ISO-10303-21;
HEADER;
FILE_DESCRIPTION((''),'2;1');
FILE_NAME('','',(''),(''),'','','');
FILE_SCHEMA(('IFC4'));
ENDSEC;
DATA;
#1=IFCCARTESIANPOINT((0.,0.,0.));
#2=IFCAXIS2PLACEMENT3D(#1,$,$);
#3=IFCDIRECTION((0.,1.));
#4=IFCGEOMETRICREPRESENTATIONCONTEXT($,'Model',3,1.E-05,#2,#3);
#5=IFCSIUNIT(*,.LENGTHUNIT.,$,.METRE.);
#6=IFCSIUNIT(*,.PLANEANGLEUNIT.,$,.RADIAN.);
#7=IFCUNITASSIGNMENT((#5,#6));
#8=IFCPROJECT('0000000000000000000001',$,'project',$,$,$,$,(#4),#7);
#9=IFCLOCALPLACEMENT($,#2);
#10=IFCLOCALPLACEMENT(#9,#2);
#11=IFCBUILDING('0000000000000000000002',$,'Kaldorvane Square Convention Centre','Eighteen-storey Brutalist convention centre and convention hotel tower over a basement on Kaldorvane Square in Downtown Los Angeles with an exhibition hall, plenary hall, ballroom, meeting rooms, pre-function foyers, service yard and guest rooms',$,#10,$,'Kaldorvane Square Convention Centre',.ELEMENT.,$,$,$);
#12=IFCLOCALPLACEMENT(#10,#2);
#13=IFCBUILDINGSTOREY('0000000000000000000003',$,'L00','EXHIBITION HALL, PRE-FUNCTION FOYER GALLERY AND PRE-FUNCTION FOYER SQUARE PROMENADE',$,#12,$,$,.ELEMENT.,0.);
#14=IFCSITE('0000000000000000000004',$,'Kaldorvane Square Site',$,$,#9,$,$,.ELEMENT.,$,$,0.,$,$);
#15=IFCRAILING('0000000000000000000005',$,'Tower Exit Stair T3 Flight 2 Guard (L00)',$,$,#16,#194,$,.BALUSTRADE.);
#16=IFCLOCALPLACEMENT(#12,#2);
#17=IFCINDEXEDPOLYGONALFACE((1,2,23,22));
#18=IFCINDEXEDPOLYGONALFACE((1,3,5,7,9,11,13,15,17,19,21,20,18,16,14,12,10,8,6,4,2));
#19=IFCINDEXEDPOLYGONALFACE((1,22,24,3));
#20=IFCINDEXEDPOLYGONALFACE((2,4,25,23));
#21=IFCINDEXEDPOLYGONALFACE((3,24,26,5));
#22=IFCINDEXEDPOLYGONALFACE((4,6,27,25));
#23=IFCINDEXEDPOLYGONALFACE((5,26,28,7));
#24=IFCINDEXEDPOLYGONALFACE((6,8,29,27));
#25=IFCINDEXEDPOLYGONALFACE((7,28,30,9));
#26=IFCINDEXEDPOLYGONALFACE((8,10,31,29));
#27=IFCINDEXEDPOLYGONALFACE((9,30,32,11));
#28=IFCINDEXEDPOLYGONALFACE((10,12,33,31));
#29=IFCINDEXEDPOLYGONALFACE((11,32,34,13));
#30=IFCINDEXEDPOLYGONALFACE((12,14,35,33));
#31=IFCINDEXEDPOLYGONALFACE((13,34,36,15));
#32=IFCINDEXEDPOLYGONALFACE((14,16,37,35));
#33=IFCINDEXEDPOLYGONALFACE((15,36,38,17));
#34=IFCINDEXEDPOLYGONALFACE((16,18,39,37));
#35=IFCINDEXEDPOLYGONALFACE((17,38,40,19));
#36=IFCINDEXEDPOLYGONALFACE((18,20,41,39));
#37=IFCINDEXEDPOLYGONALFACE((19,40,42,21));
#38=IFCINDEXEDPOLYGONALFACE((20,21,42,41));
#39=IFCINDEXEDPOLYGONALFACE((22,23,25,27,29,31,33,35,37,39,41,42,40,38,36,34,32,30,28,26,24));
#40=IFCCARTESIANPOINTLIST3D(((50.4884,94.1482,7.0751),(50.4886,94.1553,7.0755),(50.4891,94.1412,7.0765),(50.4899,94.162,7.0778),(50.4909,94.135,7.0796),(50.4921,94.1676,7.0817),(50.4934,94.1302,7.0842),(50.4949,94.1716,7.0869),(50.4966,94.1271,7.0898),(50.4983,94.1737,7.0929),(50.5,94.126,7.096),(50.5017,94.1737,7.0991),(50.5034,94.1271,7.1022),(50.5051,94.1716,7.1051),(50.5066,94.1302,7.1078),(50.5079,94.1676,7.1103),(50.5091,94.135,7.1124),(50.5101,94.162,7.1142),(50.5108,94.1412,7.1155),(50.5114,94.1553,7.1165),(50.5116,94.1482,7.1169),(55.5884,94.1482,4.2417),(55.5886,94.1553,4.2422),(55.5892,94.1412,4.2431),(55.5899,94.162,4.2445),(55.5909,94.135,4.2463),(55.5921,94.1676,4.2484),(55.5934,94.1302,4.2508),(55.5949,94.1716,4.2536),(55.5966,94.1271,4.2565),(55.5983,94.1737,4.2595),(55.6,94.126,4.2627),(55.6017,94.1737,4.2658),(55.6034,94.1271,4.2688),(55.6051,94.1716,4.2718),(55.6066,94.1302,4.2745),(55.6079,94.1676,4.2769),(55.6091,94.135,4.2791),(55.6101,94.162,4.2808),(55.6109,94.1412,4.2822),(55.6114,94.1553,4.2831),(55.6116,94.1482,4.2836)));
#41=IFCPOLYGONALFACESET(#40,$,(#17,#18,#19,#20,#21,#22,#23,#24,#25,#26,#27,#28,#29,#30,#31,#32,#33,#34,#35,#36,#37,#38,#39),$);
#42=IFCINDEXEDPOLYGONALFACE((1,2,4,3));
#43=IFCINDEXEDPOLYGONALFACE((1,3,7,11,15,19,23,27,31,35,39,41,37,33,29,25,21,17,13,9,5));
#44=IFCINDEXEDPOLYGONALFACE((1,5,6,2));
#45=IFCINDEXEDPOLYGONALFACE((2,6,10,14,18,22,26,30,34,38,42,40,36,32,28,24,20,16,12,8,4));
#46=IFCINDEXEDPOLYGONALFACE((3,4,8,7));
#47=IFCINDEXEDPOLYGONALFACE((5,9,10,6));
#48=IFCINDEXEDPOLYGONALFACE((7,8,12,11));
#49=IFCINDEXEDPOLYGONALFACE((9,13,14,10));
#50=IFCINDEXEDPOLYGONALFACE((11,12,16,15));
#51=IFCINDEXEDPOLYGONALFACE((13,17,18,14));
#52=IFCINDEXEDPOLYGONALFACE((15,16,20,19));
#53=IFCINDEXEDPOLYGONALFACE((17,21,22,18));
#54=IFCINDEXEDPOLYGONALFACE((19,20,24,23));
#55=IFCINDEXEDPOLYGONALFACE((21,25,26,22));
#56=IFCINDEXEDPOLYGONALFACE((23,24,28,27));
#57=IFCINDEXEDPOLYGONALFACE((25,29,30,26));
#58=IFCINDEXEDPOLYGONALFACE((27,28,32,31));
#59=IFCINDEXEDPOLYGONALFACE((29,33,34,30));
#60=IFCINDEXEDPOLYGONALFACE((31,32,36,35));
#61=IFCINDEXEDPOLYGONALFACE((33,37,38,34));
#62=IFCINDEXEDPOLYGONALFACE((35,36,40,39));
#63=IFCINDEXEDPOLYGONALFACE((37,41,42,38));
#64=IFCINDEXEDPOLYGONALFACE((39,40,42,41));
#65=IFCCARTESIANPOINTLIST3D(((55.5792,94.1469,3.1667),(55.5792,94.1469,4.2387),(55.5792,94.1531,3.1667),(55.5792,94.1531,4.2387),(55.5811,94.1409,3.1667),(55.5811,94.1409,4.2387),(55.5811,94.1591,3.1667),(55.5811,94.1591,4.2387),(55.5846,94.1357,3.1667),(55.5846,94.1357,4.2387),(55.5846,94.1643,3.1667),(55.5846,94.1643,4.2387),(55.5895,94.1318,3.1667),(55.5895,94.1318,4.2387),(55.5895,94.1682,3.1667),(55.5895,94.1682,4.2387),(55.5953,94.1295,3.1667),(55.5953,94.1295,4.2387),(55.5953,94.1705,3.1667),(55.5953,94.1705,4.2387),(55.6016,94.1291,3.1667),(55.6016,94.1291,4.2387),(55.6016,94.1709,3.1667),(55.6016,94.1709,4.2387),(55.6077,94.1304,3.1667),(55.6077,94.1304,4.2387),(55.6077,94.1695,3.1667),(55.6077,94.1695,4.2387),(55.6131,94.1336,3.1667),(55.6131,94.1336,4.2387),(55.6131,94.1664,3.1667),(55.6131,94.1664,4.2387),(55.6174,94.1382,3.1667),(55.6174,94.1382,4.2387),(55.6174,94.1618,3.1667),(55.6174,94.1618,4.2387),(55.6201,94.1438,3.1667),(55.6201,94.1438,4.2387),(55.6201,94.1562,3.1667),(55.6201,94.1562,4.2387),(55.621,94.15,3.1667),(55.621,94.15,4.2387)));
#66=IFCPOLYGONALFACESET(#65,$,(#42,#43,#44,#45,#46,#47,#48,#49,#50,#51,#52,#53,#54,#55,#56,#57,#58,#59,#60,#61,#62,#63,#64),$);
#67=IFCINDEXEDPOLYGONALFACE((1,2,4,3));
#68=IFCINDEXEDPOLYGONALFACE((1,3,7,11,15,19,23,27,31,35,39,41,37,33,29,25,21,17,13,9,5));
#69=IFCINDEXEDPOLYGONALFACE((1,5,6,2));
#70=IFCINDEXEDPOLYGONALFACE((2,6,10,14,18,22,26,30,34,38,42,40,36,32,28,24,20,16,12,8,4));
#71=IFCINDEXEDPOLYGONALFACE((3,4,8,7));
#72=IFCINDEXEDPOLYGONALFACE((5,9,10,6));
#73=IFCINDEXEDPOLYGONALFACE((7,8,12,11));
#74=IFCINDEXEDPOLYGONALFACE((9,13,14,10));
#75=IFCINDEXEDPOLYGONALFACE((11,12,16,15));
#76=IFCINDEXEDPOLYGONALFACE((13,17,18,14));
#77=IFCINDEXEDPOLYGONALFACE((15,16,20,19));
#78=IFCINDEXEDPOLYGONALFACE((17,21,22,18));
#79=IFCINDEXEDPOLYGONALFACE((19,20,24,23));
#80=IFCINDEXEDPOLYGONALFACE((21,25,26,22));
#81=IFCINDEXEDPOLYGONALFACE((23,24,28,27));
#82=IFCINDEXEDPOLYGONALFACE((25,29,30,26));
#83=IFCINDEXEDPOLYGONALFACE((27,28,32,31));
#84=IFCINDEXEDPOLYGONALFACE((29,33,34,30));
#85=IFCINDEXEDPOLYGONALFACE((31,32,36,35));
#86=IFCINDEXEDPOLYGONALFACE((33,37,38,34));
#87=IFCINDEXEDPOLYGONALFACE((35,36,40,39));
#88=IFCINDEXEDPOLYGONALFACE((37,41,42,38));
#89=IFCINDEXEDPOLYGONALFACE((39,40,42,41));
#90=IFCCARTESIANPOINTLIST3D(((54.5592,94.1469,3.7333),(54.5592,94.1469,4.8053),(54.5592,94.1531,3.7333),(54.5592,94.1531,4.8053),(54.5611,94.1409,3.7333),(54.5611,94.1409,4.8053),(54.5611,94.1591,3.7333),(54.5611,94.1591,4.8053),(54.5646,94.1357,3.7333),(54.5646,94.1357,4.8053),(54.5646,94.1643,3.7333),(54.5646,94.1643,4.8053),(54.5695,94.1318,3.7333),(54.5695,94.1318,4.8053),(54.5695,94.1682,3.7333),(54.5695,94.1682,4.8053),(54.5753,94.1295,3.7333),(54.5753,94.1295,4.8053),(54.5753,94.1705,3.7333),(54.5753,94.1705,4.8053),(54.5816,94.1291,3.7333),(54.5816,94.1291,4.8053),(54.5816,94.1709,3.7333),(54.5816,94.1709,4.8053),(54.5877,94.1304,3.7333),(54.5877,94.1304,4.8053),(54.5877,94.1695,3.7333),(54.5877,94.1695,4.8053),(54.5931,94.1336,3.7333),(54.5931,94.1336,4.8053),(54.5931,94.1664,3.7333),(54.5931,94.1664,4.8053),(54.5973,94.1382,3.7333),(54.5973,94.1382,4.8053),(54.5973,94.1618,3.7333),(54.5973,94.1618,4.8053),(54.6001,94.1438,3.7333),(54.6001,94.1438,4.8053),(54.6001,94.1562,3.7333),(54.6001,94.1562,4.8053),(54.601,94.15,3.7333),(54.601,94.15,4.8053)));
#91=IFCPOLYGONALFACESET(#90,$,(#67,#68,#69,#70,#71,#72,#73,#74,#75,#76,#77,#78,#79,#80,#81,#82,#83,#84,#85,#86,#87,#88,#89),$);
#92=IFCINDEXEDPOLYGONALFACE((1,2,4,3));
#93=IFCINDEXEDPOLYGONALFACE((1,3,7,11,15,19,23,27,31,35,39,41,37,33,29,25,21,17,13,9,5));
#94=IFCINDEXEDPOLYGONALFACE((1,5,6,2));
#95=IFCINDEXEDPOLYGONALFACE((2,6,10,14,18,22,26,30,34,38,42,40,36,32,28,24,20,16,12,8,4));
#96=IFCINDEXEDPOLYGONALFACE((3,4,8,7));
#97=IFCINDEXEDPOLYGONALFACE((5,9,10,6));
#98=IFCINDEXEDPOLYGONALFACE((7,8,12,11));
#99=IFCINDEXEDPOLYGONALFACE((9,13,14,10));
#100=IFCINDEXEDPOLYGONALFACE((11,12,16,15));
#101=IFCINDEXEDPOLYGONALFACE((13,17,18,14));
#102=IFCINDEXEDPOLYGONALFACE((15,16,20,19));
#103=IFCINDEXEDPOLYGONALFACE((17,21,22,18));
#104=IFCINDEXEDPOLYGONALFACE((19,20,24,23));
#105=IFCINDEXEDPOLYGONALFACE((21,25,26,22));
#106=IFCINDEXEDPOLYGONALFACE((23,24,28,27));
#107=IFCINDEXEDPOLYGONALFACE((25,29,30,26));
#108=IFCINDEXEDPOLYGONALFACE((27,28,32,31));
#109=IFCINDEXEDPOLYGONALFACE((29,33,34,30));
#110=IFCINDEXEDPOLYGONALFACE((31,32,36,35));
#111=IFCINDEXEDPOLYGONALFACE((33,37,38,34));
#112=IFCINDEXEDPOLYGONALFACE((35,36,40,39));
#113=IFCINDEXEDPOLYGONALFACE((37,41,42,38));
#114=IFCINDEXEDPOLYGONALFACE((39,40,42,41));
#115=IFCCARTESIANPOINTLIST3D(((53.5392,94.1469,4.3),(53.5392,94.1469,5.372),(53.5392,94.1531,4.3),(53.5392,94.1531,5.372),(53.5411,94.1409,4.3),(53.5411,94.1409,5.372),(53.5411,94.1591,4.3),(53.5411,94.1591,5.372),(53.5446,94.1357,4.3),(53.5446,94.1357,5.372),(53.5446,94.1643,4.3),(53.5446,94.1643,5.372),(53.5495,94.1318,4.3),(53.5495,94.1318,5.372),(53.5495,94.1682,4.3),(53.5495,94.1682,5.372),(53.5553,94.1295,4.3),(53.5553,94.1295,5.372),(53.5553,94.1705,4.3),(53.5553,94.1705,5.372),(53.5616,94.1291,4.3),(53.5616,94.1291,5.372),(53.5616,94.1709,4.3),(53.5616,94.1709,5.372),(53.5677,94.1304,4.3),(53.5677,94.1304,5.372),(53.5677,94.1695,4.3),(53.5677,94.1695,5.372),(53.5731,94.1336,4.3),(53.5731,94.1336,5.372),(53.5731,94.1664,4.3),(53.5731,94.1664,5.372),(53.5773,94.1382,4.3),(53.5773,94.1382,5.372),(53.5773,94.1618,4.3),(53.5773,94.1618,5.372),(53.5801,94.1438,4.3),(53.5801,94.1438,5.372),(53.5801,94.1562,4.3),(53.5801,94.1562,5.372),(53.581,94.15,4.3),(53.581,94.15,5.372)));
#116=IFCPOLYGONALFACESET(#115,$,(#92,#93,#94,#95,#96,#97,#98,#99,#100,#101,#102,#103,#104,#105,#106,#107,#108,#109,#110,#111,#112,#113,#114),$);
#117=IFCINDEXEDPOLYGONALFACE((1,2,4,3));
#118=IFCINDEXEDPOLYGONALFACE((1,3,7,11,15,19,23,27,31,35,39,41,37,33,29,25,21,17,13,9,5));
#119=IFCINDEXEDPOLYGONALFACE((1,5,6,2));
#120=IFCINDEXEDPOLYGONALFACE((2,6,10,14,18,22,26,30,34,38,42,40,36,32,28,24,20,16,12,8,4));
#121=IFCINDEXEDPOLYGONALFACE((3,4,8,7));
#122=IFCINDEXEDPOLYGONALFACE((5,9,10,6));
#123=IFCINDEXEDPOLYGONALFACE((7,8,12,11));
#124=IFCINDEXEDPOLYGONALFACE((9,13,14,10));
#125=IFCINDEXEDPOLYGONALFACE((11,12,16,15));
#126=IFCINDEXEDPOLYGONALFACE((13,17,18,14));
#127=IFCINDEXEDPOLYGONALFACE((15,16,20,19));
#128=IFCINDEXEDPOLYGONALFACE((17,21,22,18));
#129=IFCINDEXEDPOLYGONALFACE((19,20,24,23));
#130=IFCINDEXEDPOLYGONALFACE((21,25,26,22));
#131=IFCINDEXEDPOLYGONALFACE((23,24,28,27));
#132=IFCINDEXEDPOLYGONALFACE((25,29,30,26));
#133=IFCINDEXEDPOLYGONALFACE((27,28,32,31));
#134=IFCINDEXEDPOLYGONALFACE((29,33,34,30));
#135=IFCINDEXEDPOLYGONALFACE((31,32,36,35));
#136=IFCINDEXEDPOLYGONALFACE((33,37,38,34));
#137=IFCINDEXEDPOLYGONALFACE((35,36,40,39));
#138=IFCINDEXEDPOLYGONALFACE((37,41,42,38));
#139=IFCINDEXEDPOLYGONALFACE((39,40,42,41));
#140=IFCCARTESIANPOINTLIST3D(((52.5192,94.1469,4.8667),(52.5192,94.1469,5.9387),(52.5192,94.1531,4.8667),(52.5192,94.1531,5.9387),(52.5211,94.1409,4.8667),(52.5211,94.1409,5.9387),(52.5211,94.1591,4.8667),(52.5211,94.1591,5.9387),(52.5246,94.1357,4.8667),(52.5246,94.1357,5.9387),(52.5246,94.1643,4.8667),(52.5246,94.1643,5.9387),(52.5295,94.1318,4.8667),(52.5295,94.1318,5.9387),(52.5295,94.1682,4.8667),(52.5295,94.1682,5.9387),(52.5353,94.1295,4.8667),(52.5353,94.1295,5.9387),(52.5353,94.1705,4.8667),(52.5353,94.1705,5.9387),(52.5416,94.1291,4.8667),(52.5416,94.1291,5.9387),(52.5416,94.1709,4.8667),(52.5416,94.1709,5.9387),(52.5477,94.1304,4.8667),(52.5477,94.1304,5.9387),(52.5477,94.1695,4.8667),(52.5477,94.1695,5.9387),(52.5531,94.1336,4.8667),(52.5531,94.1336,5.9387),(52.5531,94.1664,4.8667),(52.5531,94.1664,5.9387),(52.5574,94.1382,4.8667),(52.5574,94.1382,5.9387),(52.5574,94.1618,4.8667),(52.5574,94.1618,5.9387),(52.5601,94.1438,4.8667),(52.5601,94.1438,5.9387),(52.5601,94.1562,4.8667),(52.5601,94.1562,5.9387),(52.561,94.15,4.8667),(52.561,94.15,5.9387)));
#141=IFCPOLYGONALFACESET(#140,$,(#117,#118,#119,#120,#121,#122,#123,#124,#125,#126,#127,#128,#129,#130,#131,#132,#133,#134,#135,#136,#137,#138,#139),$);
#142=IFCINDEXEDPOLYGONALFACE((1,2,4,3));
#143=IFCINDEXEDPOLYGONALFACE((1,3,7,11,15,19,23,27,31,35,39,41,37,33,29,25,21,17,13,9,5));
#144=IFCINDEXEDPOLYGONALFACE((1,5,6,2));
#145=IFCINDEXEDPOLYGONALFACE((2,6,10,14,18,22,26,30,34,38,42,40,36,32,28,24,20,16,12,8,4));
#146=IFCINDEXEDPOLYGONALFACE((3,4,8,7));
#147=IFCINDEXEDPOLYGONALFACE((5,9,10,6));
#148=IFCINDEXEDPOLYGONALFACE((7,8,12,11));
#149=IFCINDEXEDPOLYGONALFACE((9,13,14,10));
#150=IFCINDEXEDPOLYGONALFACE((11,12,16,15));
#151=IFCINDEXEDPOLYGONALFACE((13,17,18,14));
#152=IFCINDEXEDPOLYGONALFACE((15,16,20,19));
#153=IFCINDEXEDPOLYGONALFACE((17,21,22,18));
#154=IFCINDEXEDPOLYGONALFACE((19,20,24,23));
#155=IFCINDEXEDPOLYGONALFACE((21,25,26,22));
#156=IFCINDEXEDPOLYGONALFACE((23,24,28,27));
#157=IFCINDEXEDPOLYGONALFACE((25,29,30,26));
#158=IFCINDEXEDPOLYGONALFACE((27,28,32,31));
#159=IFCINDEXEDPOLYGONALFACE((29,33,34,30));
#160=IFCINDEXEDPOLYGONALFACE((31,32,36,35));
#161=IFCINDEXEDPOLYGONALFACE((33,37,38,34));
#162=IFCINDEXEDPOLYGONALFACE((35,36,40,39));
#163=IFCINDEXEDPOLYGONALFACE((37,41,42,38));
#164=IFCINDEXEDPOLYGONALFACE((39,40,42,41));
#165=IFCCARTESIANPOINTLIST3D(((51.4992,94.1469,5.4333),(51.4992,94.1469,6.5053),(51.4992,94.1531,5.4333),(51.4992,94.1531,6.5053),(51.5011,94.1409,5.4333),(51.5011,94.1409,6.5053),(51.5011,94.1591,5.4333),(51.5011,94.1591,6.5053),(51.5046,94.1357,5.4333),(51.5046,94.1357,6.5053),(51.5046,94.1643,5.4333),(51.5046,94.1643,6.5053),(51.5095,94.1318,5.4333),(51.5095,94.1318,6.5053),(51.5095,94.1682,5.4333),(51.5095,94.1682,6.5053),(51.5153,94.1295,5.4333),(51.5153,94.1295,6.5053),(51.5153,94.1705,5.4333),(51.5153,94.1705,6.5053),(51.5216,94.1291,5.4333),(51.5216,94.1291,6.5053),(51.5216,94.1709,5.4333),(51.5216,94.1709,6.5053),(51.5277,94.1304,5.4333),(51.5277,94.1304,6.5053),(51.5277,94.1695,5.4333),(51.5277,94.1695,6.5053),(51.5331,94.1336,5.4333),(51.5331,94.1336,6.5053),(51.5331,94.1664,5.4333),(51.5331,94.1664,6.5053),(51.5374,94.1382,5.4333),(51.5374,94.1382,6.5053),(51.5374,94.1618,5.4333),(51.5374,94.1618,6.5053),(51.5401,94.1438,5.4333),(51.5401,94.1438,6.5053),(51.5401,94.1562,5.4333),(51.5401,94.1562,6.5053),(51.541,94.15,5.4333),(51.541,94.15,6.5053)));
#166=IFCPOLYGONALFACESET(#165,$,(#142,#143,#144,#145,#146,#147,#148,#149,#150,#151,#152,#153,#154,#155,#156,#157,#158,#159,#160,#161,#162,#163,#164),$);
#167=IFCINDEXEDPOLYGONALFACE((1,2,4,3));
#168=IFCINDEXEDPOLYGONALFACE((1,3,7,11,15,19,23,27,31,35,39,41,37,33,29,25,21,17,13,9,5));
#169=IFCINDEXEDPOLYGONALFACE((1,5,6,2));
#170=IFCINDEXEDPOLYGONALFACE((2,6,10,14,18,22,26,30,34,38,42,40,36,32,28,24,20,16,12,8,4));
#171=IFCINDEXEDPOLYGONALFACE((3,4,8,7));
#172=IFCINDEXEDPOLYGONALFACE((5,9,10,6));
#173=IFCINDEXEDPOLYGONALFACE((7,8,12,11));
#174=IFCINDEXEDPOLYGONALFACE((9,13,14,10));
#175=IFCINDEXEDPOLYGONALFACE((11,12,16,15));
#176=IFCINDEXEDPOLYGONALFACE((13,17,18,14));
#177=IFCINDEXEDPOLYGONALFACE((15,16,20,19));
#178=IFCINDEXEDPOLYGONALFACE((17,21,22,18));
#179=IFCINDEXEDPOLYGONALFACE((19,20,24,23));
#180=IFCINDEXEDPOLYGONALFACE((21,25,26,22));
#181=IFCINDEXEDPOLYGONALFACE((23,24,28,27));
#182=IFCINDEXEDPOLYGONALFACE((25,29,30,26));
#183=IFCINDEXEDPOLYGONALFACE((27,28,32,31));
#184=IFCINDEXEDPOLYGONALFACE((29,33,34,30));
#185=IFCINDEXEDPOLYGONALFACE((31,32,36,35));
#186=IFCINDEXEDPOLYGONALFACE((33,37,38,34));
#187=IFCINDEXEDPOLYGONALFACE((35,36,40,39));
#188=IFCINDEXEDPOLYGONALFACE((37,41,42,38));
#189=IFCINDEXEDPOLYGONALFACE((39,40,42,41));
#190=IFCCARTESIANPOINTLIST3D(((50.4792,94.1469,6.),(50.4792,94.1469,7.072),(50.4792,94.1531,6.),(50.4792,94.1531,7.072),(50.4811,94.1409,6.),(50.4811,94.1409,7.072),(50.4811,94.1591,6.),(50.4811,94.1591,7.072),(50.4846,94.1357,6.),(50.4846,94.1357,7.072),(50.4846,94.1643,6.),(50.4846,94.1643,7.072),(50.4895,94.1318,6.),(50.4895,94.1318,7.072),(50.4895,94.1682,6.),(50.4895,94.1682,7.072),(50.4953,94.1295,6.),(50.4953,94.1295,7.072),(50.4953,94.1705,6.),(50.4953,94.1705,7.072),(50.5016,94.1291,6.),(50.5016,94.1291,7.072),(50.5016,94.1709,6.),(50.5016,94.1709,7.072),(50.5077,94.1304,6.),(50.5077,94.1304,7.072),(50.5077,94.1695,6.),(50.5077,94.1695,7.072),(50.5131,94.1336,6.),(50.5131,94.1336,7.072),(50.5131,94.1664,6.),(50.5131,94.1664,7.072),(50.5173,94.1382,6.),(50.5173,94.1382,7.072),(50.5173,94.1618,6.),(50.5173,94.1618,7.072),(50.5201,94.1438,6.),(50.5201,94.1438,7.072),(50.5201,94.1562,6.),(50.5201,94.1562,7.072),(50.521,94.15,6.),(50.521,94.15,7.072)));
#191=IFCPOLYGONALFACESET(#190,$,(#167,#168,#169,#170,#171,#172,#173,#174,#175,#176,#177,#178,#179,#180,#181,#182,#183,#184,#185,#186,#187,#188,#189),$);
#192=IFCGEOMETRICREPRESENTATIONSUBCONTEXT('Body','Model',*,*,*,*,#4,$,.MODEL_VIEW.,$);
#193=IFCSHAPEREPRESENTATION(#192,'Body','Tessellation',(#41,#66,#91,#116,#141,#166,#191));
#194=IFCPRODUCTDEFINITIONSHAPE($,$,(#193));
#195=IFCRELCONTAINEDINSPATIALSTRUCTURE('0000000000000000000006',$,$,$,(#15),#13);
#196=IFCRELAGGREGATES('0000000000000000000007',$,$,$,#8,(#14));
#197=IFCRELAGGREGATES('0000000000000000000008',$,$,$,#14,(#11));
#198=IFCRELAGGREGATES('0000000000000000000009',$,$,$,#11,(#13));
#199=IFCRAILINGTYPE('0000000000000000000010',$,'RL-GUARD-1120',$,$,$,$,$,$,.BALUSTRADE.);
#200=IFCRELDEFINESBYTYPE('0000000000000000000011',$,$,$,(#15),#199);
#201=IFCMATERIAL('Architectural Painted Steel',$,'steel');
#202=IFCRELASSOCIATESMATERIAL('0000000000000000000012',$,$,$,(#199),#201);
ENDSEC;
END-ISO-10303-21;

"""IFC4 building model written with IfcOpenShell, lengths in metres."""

from ifc_helpers import new_model, si_unit, direction, frame, origin, origin_2d, place, context, subcontext, project, spatial, circle, extrude, material, type_object, element, save


model = new_model("IFC4")

# Units and contexts
model_context = context("Model", 3, precision=1e-05, world=origin(), true_north=direction((0.0, 1.0)))
body_context = subcontext(model_context, "Body", "Model", "MODEL_VIEW")
ifc_project = project(units=[si_unit("LENGTHUNIT", "METRE"), si_unit("PLANEANGLEUNIT", "RADIAN")], contexts=[model_context])

# Site, building, storey
site_placement = place(None, origin())
site = spatial("IfcSite", under=ifc_project, at=site_placement, Name="Kaldorvane Square Site", CompositionType="ELEMENT", RefElevation=0.0)
building_placement = place(site_placement, origin())
building = spatial("IfcBuilding", under=site, at=building_placement, Name="Kaldorvane Square Convention Centre", Description="Eighteen-storey Brutalist convention centre and convention hotel tower over a basement on Kaldorvane Square in Downtown Los Angeles with an exhibition hall, plenary hall, ballroom, meeting rooms, pre-function foyers, service yard and guest rooms", LongName="Kaldorvane Square Convention Centre", CompositionType="ELEMENT")
storey_placement = place(building_placement, origin())
storey = spatial("IfcBuildingStorey", under=building, at=storey_placement, Name="L00", Description="EXHIBITION HALL, PRE-FUNCTION FOYER GALLERY AND PRE-FUNCTION FOYER SQUARE PROMENADE", CompositionType="ELEMENT", Elevation=0.0)

# Railing
ifc_material_1 = material(Name="Architectural Painted Steel", Category="steel")
railing_type_1 = type_object("IfcRailingType", Name="RL-GUARD-1120", PredefinedType="BALUSTRADE", material=ifc_material_1)
railing_1_placement = place(storey_placement, frame((55.6, 94.15, 3.1667)))
element("IfcRailing", 1, at=railing_1_placement, inside=storey, type_object=railing_type_1, Name="Tower Exit Stair T3 Flight 2 Guard (L00)", PredefinedType="BALUSTRADE", context=body_context, shape_type="SweptSolid", body=[
    extrude(circle(Radius=0.024, at=origin_2d()), frame((0.0, 0.0, 1.096), z_axis=(-0.874158, 0.0, 0.485642), x_axis=(0.0, -1.0, 0.0)), (0.0, 0.0, 1.0), 5.8342),
    extrude(circle(Radius=0.021, at=origin_2d()), origin(), (0.0, 0.0, 1.0), 1.072),
    extrude(circle(Radius=0.021, at=origin_2d()), frame((-1.02, 0.0, 0.5667)), (0.0, 0.0, 1.0), 1.072),
    extrude(circle(Radius=0.021, at=origin_2d()), frame((-2.04, 0.0, 1.1333)), (0.0, 0.0, 1.0), 1.072),
    extrude(circle(Radius=0.021, at=origin_2d()), frame((-3.06, 0.0, 1.7)), (0.0, 0.0, 1.0), 1.072),
    extrude(circle(Radius=0.021, at=origin_2d()), frame((-4.08, 0.0, 2.2667)), (0.0, 0.0, 1.0), 1.072),
    extrude(circle(Radius=0.021, at=origin_2d()), frame((-5.1, 0.0, 2.8333)), (0.0, 0.0, 1.0), 1.072),
])

save(model, "model.ifc")
